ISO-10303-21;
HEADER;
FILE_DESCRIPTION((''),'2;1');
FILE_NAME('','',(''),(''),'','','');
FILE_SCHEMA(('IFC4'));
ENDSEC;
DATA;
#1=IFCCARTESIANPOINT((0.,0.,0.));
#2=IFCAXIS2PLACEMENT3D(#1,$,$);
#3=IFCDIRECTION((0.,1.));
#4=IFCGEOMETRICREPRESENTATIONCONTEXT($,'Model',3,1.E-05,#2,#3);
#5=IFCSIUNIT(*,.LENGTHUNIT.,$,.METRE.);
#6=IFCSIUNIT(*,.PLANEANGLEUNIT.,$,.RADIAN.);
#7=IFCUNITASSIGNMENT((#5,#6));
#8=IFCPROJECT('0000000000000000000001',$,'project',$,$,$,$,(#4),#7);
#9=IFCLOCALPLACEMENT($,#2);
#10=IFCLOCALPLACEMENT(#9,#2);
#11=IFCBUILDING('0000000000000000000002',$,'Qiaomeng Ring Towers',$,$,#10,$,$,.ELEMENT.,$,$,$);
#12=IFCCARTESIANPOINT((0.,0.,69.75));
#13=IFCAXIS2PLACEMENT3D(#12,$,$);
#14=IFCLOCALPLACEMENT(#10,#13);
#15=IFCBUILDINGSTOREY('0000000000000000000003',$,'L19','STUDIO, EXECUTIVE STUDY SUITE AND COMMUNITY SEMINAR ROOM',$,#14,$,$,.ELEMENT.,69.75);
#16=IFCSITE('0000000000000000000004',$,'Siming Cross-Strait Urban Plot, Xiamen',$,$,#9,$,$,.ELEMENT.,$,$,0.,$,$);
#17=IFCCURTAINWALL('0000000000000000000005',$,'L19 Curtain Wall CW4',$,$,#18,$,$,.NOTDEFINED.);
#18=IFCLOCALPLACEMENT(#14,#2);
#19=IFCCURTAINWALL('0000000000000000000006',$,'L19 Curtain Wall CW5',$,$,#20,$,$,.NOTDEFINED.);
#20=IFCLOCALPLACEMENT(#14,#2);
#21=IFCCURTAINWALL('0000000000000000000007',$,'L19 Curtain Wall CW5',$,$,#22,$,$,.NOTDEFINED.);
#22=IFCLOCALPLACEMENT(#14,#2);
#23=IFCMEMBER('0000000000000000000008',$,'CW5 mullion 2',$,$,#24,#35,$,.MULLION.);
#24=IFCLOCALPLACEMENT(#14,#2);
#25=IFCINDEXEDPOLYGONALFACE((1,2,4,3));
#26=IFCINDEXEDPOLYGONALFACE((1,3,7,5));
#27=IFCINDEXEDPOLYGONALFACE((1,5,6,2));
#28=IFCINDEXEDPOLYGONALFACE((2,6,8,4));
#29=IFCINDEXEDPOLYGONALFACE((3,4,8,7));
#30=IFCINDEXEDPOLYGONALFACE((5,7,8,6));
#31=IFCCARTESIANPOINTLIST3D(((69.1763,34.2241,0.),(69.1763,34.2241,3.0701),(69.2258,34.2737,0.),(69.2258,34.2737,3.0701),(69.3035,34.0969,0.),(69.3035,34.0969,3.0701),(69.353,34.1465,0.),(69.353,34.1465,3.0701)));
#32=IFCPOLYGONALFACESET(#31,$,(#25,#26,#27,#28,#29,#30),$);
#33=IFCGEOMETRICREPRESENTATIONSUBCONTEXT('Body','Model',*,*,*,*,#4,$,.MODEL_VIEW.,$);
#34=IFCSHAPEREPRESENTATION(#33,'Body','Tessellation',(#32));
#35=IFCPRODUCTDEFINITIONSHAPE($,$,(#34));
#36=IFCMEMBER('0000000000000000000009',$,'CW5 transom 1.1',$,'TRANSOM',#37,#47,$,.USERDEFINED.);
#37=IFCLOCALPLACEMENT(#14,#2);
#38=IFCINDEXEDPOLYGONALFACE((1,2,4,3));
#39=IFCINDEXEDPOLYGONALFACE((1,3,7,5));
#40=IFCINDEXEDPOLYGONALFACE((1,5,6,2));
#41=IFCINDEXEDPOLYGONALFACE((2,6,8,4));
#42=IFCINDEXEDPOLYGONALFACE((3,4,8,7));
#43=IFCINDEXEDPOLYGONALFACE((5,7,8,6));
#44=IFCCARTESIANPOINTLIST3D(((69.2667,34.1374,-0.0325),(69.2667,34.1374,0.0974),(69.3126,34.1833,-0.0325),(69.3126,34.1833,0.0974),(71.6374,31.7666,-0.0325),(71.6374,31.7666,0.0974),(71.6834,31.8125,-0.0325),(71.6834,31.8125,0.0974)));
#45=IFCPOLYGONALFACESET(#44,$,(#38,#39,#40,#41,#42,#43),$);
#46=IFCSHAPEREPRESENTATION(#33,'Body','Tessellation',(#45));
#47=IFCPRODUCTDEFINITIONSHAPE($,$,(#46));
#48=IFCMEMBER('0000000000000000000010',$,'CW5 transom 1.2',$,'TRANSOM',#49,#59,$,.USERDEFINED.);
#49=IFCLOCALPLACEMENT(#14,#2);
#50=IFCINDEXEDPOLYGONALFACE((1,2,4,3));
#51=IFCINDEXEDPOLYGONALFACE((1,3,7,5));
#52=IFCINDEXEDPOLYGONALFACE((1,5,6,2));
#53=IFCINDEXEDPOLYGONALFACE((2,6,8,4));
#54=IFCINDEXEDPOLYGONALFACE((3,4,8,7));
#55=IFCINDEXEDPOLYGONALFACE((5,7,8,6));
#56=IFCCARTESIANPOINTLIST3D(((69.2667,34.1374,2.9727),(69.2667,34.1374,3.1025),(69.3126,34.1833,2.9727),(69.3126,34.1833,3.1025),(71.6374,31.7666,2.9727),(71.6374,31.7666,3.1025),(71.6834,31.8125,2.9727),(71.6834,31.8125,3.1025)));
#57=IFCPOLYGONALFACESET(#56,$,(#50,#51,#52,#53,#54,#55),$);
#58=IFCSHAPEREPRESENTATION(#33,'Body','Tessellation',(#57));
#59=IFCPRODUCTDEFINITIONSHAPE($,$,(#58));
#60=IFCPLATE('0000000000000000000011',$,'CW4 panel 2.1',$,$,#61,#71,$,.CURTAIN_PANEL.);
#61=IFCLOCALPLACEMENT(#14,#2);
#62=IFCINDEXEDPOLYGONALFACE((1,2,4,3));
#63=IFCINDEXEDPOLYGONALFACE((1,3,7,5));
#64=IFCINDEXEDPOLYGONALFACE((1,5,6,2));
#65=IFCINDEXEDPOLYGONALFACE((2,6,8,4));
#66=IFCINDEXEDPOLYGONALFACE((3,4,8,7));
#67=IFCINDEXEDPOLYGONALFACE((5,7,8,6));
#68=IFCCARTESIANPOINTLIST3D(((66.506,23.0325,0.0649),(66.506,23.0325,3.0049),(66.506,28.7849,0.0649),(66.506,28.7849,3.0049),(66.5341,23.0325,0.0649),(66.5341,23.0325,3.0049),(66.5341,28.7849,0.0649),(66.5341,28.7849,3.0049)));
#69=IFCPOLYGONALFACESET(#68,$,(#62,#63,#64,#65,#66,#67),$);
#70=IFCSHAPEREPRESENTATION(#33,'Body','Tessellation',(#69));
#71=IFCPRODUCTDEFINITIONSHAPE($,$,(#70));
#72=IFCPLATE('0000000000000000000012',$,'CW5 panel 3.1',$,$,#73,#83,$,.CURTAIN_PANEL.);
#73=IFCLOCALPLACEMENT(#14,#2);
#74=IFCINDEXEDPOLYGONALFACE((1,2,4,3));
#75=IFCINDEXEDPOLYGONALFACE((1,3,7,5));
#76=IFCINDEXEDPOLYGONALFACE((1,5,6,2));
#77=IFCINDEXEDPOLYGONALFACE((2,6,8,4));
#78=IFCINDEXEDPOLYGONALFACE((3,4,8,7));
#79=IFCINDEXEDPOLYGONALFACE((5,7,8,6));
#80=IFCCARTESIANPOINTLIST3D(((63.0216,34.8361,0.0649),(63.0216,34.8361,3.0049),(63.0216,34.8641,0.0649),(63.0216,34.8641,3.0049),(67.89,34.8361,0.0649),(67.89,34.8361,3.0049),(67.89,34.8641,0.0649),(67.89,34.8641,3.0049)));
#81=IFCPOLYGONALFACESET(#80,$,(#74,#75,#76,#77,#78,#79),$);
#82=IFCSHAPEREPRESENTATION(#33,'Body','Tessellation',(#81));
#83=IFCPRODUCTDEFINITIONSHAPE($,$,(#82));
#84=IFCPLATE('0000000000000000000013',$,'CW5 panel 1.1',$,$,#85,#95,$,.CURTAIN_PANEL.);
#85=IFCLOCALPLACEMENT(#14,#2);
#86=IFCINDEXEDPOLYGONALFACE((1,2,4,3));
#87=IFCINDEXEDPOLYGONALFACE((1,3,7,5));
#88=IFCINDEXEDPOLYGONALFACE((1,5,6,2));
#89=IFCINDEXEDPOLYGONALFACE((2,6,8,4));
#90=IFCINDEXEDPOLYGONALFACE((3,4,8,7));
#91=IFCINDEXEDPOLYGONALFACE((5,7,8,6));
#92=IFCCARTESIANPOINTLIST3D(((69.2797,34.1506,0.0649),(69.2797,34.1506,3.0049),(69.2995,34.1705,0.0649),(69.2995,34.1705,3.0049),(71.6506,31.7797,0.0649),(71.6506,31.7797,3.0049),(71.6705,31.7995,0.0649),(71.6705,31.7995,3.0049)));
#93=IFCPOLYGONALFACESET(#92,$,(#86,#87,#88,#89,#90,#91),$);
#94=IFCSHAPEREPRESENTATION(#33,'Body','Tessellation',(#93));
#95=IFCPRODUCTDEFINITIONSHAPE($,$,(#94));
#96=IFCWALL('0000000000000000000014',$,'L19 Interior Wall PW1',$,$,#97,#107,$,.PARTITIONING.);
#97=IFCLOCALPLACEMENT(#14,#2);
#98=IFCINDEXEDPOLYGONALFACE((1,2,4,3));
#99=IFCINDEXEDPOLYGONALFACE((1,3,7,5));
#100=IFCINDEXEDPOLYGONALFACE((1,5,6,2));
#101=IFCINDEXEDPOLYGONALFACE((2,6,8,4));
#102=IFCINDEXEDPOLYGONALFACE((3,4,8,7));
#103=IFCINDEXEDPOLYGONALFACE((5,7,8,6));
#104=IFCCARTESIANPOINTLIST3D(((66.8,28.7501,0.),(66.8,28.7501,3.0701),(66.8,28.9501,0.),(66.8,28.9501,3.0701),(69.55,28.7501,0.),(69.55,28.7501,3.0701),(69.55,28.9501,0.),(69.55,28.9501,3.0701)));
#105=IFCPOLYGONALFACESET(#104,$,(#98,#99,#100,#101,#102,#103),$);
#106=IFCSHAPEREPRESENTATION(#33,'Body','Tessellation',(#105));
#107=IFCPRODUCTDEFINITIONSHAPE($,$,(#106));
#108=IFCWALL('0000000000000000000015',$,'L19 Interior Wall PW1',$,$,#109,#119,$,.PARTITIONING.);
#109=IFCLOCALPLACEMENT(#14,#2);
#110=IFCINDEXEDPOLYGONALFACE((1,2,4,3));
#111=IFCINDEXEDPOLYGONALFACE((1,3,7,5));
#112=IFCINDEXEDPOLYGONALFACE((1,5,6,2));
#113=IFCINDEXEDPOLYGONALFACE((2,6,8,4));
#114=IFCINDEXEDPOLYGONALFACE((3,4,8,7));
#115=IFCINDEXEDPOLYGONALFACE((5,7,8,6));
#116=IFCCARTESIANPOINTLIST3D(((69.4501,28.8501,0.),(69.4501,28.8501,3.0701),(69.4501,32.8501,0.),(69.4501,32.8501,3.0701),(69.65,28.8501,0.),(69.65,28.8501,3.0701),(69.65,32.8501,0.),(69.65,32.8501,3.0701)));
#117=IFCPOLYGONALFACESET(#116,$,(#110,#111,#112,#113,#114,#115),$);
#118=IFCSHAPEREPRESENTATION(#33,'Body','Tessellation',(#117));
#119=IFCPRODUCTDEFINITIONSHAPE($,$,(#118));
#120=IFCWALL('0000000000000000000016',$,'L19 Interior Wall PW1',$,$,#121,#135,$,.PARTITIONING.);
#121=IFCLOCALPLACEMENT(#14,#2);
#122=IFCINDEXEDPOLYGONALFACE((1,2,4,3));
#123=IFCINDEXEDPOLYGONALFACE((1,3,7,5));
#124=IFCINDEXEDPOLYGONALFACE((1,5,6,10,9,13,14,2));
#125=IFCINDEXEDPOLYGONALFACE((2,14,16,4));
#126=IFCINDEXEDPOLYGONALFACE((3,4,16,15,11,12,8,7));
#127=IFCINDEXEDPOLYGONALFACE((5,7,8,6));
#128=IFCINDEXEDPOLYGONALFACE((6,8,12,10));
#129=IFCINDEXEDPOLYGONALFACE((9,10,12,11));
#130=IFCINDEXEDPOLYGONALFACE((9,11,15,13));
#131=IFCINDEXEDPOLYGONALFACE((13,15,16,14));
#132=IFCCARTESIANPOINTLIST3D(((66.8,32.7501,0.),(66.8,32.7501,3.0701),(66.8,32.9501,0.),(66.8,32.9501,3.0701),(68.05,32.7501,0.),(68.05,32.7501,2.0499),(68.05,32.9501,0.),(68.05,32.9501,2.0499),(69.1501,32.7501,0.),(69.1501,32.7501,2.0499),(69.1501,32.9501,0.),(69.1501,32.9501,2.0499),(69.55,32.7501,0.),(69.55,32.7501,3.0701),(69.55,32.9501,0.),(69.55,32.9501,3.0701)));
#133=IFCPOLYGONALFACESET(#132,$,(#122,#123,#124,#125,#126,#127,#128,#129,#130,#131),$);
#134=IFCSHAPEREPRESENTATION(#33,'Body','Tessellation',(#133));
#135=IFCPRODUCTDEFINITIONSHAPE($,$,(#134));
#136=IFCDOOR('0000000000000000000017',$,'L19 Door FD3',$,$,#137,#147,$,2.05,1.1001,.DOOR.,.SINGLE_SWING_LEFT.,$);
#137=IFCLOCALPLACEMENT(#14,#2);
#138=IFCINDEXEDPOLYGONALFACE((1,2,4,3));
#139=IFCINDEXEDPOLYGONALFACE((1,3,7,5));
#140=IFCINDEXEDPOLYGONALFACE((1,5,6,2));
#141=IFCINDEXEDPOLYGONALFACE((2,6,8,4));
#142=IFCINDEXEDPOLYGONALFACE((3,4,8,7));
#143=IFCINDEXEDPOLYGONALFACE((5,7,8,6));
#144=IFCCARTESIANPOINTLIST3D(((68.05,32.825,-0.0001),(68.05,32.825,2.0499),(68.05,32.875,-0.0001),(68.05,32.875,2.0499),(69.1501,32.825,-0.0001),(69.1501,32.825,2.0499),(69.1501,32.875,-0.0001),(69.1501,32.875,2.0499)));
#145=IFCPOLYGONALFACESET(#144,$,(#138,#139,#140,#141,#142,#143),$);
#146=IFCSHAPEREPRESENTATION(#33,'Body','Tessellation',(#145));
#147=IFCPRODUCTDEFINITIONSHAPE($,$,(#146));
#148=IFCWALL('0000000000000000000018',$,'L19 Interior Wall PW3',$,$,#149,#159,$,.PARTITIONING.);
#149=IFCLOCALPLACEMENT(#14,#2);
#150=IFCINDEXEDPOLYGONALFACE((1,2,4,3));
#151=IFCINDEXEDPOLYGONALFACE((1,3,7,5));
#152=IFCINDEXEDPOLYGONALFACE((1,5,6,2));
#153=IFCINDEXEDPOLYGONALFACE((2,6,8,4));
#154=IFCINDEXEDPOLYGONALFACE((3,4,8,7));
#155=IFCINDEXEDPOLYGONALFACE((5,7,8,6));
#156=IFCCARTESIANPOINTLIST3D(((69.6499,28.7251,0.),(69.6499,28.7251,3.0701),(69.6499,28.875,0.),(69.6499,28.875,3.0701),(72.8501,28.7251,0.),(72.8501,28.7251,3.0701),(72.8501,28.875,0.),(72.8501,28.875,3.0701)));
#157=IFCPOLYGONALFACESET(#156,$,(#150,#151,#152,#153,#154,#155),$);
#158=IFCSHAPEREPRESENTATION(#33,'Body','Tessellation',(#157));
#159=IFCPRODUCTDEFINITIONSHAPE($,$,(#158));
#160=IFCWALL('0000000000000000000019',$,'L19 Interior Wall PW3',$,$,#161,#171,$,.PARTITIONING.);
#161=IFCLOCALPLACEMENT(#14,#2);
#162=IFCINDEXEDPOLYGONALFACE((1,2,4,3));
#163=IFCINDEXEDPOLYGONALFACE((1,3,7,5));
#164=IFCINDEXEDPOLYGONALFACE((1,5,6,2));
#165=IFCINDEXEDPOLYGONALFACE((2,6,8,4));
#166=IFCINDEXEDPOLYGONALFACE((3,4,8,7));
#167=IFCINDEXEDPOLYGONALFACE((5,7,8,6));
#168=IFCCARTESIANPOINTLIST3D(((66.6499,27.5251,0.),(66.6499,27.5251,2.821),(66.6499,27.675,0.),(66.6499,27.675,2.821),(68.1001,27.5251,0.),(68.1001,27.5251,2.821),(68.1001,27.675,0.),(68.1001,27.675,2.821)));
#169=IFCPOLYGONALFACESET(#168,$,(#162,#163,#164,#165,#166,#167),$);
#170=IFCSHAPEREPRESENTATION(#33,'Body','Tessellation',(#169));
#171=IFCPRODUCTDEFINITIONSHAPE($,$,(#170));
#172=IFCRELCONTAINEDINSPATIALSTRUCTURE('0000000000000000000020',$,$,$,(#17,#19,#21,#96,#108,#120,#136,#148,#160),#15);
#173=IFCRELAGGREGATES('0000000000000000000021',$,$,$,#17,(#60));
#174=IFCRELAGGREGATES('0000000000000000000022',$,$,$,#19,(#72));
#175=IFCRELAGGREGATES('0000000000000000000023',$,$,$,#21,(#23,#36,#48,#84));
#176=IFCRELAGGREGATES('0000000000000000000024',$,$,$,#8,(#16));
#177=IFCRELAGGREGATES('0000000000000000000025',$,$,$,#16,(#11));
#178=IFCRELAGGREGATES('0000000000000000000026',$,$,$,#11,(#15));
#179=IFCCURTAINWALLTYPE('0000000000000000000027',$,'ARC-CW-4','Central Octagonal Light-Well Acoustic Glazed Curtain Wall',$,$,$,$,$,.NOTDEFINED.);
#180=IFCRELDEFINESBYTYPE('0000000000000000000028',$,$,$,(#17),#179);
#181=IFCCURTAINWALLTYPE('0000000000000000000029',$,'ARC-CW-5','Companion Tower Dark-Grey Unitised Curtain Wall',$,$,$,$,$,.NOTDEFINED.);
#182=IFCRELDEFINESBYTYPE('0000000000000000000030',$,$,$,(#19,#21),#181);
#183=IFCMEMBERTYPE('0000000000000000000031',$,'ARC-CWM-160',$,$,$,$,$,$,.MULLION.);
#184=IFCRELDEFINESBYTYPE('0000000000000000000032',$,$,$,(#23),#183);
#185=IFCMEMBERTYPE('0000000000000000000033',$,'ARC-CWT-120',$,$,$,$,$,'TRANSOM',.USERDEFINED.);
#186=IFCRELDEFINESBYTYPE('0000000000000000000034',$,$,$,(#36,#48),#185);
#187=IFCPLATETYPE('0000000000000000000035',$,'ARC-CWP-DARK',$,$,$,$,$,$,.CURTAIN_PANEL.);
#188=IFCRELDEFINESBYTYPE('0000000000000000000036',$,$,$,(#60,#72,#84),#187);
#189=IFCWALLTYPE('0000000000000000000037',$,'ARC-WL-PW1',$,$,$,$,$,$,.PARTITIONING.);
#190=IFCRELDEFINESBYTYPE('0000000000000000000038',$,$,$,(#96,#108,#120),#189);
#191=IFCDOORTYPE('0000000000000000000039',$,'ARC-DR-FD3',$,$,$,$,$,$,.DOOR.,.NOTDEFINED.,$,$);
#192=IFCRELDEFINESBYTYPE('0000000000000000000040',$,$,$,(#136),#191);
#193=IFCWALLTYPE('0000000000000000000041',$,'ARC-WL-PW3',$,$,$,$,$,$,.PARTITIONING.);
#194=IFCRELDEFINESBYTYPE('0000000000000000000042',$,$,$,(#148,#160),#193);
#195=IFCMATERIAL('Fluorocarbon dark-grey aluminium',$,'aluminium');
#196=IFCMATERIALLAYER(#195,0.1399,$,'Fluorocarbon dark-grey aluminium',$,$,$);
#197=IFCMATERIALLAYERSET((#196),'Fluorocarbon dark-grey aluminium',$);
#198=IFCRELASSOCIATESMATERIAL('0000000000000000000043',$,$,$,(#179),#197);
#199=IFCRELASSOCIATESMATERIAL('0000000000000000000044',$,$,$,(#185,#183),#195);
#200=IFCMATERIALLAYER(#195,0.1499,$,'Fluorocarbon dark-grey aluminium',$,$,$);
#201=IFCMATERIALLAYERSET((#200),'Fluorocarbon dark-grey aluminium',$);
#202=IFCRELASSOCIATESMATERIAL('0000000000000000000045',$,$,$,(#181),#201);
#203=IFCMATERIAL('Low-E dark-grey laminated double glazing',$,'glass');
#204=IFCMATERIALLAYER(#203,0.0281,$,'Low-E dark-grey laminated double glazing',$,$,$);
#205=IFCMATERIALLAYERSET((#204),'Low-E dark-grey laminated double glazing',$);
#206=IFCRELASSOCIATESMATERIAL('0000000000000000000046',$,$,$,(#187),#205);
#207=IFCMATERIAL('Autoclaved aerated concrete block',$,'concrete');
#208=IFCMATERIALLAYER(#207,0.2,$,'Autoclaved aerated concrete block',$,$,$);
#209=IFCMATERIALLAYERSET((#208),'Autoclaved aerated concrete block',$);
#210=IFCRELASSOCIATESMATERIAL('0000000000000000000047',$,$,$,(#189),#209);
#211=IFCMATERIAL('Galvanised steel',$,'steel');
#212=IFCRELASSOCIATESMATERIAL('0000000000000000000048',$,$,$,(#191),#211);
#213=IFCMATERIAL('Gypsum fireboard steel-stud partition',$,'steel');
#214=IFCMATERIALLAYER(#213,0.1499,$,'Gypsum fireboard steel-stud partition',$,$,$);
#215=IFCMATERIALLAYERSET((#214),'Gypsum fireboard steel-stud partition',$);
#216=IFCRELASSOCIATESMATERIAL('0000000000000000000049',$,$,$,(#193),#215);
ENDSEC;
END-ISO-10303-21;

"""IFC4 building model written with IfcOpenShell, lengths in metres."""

from ifc_helpers import new_model, si_unit, direction, frame, frame_2d, origin, origin_2d, place, context, subcontext, project, spatial, rectangle, extrude, source, transform, mapped, material, layer, layer_set, material_profile, profile_set, type_object, element, fill, aggregate, save


model = new_model("IFC4")

# Units and contexts
model_context = context("Model", 3, precision=1e-05, world=origin(), true_north=direction((0.0, 1.0)))
body_context = subcontext(model_context, "Body", "Model", "MODEL_VIEW")
ifc_project = project(units=[si_unit("LENGTHUNIT", "METRE"), si_unit("PLANEANGLEUNIT", "RADIAN")], contexts=[model_context])

# Site, building, storey
site_placement = place(None, origin())
site = spatial("IfcSite", under=ifc_project, at=site_placement, Name="Siming Cross-Strait Urban Plot, Xiamen", CompositionType="ELEMENT", RefElevation=0.0)
building_placement = place(site_placement, origin())
building = spatial("IfcBuilding", under=site, at=building_placement, Name="Qiaomeng Ring Towers", CompositionType="ELEMENT")
storey_placement = place(building_placement, frame((0.0, 0.0, 69.75)))
storey = spatial("IfcBuildingStorey", under=building, at=storey_placement, Name="L19", Description="STUDIO, EXECUTIVE STUDY SUITE AND COMMUNITY SEMINAR ROOM", CompositionType="ELEMENT", Elevation=69.75)

# Curtain wall
ifc_material_1 = material(Name="Fluorocarbon dark-grey aluminium", Category="aluminium")
ifc_layer_1 = layer(ifc_material_1, 0.1399, Name="Fluorocarbon dark-grey aluminium")
ifc_layer_set_1 = layer_set([ifc_layer_1], Name="Fluorocarbon dark-grey aluminium")
curtain_wall_type_1 = type_object("IfcCurtainWallType", Name="ARC-CW-4", Description="Central Octagonal Light-Well Acoustic Glazed Curtain Wall", PredefinedType="NOTDEFINED", material=ifc_layer_set_1)
curtain_wall_1_placement = place(storey_placement, origin())
curtain_wall_1 = element("IfcCurtainWall", 1, at=curtain_wall_1_placement, inside=storey, type_object=curtain_wall_type_1, Name="L19 Curtain Wall CW4", PredefinedType="NOTDEFINED")
ifc_material_profile_1 = material_profile(ifc_material_1, rectangle(XDim=0.0649, YDim=0.1299, at=origin_2d()), Name="ALU TRAN 65x130")
ifc_profile_set_1 = profile_set([ifc_material_profile_1], Name="Fluorocarbon dark-grey aluminium")
member_type_1 = type_object("IfcMemberType", Name="ARC-CWT-120", ElementType="TRANSOM", PredefinedType="USERDEFINED", material=ifc_profile_set_1)

# Curtain wall
ifc_layer_2 = layer(ifc_material_1, 0.1499, Name="Fluorocarbon dark-grey aluminium")
ifc_layer_set_2 = layer_set([ifc_layer_2], Name="Fluorocarbon dark-grey aluminium")
curtain_wall_type_2 = type_object("IfcCurtainWallType", Name="ARC-CW-5", Description="Companion Tower Dark-Grey Unitised Curtain Wall", PredefinedType="NOTDEFINED", material=ifc_layer_set_2)
curtain_wall_2_placement = place(storey_placement, origin())
curtain_wall_2 = element("IfcCurtainWall", 2, at=curtain_wall_2_placement, inside=storey, type_object=curtain_wall_type_2, Name="L19 Curtain Wall CW5", PredefinedType="NOTDEFINED")
ifc_material_profile_2 = material_profile(ifc_material_1, rectangle(XDim=0.0701, YDim=0.1799, at=origin_2d()), Name="ALU MULL 70x180")
ifc_profile_set_2 = profile_set([ifc_material_profile_2], Name="Fluorocarbon dark-grey aluminium")
member_type_2 = type_object("IfcMemberType", Name="ARC-CWM-160", PredefinedType="MULLION", material=ifc_profile_set_2)
shared_shape_1 = source(origin(), body_context, "Body", "SweptSolid", [
    extrude(rectangle(XDim=0.0701, YDim=0.1799, at=origin_2d()), origin(), (0.0, 0.0, 1.0), 3.0701),
])

# Curtain wall, members
curtain_wall_3_placement = place(storey_placement, origin())
curtain_wall_3 = element("IfcCurtainWall", 3, at=curtain_wall_3_placement, inside=storey, type_object=curtain_wall_type_2, Name="L19 Curtain Wall CW5", PredefinedType="NOTDEFINED")
member_1_placement = place(storey_placement, frame((69.2646, 34.1853, 0.0), z_axis=(0.0, 0.0, 1.0), x_axis=(-0.707107, -0.707107, 0.0)))
member_1 = element("IfcMember", 4, at=member_1_placement, type_object=member_type_2, Name="CW5 mullion 2", PredefinedType="MULLION", context=body_context, shape_type="MappedRepresentation", body=[
    mapped(shared_shape_1, transform((0.0, 0.0, 0.0), x_axis=(1.0, 0.0, 0.0), y_axis=(0.0, 1.0, 0.0), z_axis=(0.0, 0.0, 1.0), scale=1.0)),
])
shared_shape_2 = source(origin(), body_context, "Body", "SweptSolid", [
    extrude(rectangle(XDim=0.0649, YDim=0.1299, at=origin_2d()), origin(), (0.0, 0.0, 1.0), 3.3528),
])
member_2_placement = place(storey_placement, frame((71.6604, 31.7896, 0.0325), z_axis=(-0.707107, 0.707107, 0.0), x_axis=(-0.707107, -0.707107, 0.0)))
member_2 = element("IfcMember", 5, at=member_2_placement, type_object=member_type_1, Name="CW5 transom 1.1", ObjectType="TRANSOM", PredefinedType="USERDEFINED", context=body_context, shape_type="MappedRepresentation", body=[
    mapped(shared_shape_2, transform((0.0, 0.0, 0.0), x_axis=(1.0, 0.0, 0.0), y_axis=(0.0, 1.0, 0.0), z_axis=(0.0, 0.0, 1.0), scale=1.0)),
])
member_3_placement = place(storey_placement, frame((71.6604, 31.7896, 3.0376), z_axis=(-0.707107, 0.707107, 0.0), x_axis=(-0.707107, -0.707107, 0.0)))
member_3 = element("IfcMember", 6, at=member_3_placement, type_object=member_type_1, Name="CW5 transom 1.2", ObjectType="TRANSOM", PredefinedType="USERDEFINED", context=body_context, shape_type="MappedRepresentation", body=[
    mapped(shared_shape_2, transform((0.0, 0.0, 0.0), x_axis=(1.0, 0.0, 0.0), y_axis=(0.0, 1.0, 0.0), z_axis=(0.0, 0.0, 1.0), scale=1.0)),
])

# Plates
ifc_material_2 = material(Name="Low-E dark-grey laminated double glazing", Category="glass")
ifc_layer_3 = layer(ifc_material_2, 0.0281, Name="Low-E dark-grey laminated double glazing")
ifc_layer_set_3 = layer_set([ifc_layer_3], Name="Low-E dark-grey laminated double glazing")
plate_type = type_object("IfcPlateType", Name="ARC-CWP-DARK", PredefinedType="CURTAIN_PANEL", material=ifc_layer_set_3)
shared_shape_3 = source(origin(), body_context, "Body", "SweptSolid", [
    extrude(rectangle(XDim=5.7524, YDim=0.0281, at=origin_2d()), origin(), (0.0, 0.0, 1.0), 2.9399),
])
plate_1_placement = place(storey_placement, frame((66.52, 25.9087, 0.0649), z_axis=(0.0, 0.0, 1.0), x_axis=(0.0, 1.0, 0.0)))
plate_1 = element("IfcPlate", 7, at=plate_1_placement, type_object=plate_type, Name="CW4 panel 2.1", PredefinedType="CURTAIN_PANEL", context=body_context, shape_type="MappedRepresentation", body=[
    mapped(shared_shape_3, transform((0.0, 0.0, 0.0), x_axis=(1.0, 0.0, 0.0), y_axis=(0.0, 1.0, 0.0), z_axis=(0.0, 0.0, 1.0), scale=1.0)),
])
aggregate(curtain_wall_1, [plate_1])
shared_shape_4 = source(origin(), body_context, "Body", "SweptSolid", [
    extrude(rectangle(XDim=4.8684, YDim=0.0281, at=origin_2d()), origin(), (0.0, 0.0, 1.0), 2.9399),
])
plate_2_placement = place(storey_placement, frame((65.4558, 34.8501, 0.0649), z_axis=(0.0, 0.0, 1.0), x_axis=(1.0, 0.0, 0.0)))
plate_2 = element("IfcPlate", 8, at=plate_2_placement, type_object=plate_type, Name="CW5 panel 3.1", PredefinedType="CURTAIN_PANEL", context=body_context, shape_type="MappedRepresentation", body=[
    mapped(shared_shape_4, transform((0.0, 0.0, 0.0), x_axis=(1.0, 0.0, 0.0), y_axis=(0.0, 1.0, 0.0), z_axis=(0.0, 0.0, 1.0), scale=1.0)),
])
aggregate(curtain_wall_2, [plate_2])
shared_shape_5 = source(origin(), body_context, "Body", "SweptSolid", [
    extrude(rectangle(XDim=3.353, YDim=0.0281, at=origin_2d()), origin(), (0.0, 0.0, 1.0), 2.9399),
])
plate_3_placement = place(storey_placement, frame((70.4751, 32.9751, 0.0649), z_axis=(0.0, 0.0, 1.0), x_axis=(-0.707107, 0.707107, 0.0)))
plate_3 = element("IfcPlate", 9, at=plate_3_placement, type_object=plate_type, Name="CW5 panel 1.1", PredefinedType="CURTAIN_PANEL", context=body_context, shape_type="MappedRepresentation", body=[
    mapped(shared_shape_5, transform((0.0, 0.0, 0.0), x_axis=(1.0, 0.0, 0.0), y_axis=(0.0, 1.0, 0.0), z_axis=(0.0, 0.0, 1.0), scale=1.0)),
])
aggregate(curtain_wall_3, [member_1, member_2, member_3, plate_3])

# Walls
ifc_material_3 = material(Name="Autoclaved aerated concrete block", Category="concrete")
ifc_layer_4 = layer(ifc_material_3, 0.2, Name="Autoclaved aerated concrete block")
ifc_layer_set_4 = layer_set([ifc_layer_4], Name="Autoclaved aerated concrete block")
wall_type_1 = type_object("IfcWallType", Name="ARC-WL-PW1", PredefinedType="PARTITIONING", material=ifc_layer_set_4)
wall_1_placement = place(storey_placement, frame((66.8, 28.8501, 0.0), z_axis=(0.0, 0.0, 1.0), x_axis=(1.0, 0.0, 0.0)))
element("IfcWall", 10, at=wall_1_placement, inside=storey, type_object=wall_type_1, Name="L19 Interior Wall PW1", PredefinedType="PARTITIONING", context=body_context, shape_type="SweptSolid", body=[
    extrude(rectangle(XDim=2.75, YDim=0.2, at=frame_2d((1.375, 0.0))), origin(), (0.0, 0.0, 1.0), 3.0701),
])
wall_2_placement = place(storey_placement, frame((69.55, 28.8501, 0.0), z_axis=(0.0, 0.0, 1.0), x_axis=(0.0, 1.0, 0.0)))
element("IfcWall", 11, at=wall_2_placement, inside=storey, type_object=wall_type_1, Name="L19 Interior Wall PW1", PredefinedType="PARTITIONING", context=body_context, shape_type="SweptSolid", body=[
    extrude(rectangle(XDim=4.0, YDim=0.2, at=frame_2d((2.0, 0.0))), origin(), (0.0, 0.0, 1.0), 3.0701),
])

# Wall, opening, door
wall_3_placement = place(storey_placement, frame((66.8, 32.8501, 0.0), z_axis=(0.0, 0.0, 1.0), x_axis=(1.0, 0.0, 0.0)))
wall_3 = element("IfcWall", 12, at=wall_3_placement, inside=storey, type_object=wall_type_1, Name="L19 Interior Wall PW1", PredefinedType="PARTITIONING", context=body_context, shape_type="SweptSolid", body=[
    extrude(rectangle(XDim=2.75, YDim=0.2, at=frame_2d((1.375, 0.0))), origin(), (0.0, 0.0, 1.0), 3.0701),
])
opening_1_placement = place(wall_3_placement, frame((1.25, 0.0, 0.0)))
opening_1 = element("IfcOpeningElement", 13, at=opening_1_placement, cuts=wall_3, PredefinedType="OPENING", context=body_context, shape_type="SweptSolid", body=[
    extrude(rectangle(XDim=1.1001, YDim=2.05, at=frame_2d((0.55, 1.0249))), frame((0.0, 0.1099, 0.0), z_axis=(0.0, -1.0, 0.0), x_axis=(1.0, 0.0, 0.0)), (0.0, 0.0, 1.0), 0.22),
])
ifc_material_4 = material(Name="Galvanised steel", Category="steel")
door_type_1 = type_object("IfcDoorType", Name="ARC-DR-FD3", OperationType="NOTDEFINED", PredefinedType="DOOR", material=ifc_material_4)
shared_shape_6 = source(origin(), body_context, "Body", "SweptSolid", [
    extrude(rectangle(XDim=1.1001, YDim=2.05, at=frame_2d((0.55, 1.0249))), frame((0.0, 0.0249, 0.0), z_axis=(0.0, -1.0, 0.0), x_axis=(1.0, 0.0, 0.0)), (0.0, 0.0, 1.0), 0.05),
])
door_1_placement = place(opening_1_placement, origin())
door_1 = element("IfcDoor", 14, at=door_1_placement, inside=storey, type_object=door_type_1, Name="L19 Door FD3", OperationType="SINGLE_SWING_LEFT", OverallHeight=2.05, OverallWidth=1.1001, PredefinedType="DOOR", context=body_context, shape_type="MappedRepresentation", body=[
    mapped(shared_shape_6, transform((0.0, 0.0, 0.0), x_axis=(1.0, 0.0, 0.0), y_axis=(0.0, 1.0, 0.0), z_axis=(0.0, 0.0, 1.0), scale=1.0)),
])
fill(opening_1, door_1)

# Walls
ifc_material_5 = material(Name="Gypsum fireboard steel-stud partition", Category="steel")
ifc_layer_5 = layer(ifc_material_5, 0.1499, Name="Gypsum fireboard steel-stud partition")
ifc_layer_set_5 = layer_set([ifc_layer_5], Name="Gypsum fireboard steel-stud partition")
wall_type_2 = type_object("IfcWallType", Name="ARC-WL-PW3", PredefinedType="PARTITIONING", material=ifc_layer_set_5)
wall_4_placement = place(storey_placement, frame((69.6499, 28.8, 0.0), z_axis=(0.0, 0.0, 1.0), x_axis=(1.0, 0.0, 0.0)))
element("IfcWall", 15, at=wall_4_placement, inside=storey, type_object=wall_type_2, Name="L19 Interior Wall PW3", PredefinedType="PARTITIONING", context=body_context, shape_type="SweptSolid", body=[
    extrude(rectangle(XDim=3.2002, YDim=0.1499, at=frame_2d((1.6001, 0.0))), origin(), (0.0, 0.0, 1.0), 3.0701),
])
wall_5_placement = place(storey_placement, frame((66.6499, 27.6001, 0.0), z_axis=(0.0, 0.0, 1.0), x_axis=(1.0, 0.0, 0.0)))
element("IfcWall", 16, at=wall_5_placement, inside=storey, type_object=wall_type_2, Name="L19 Interior Wall PW3", PredefinedType="PARTITIONING", context=body_context, shape_type="SweptSolid", body=[
    extrude(rectangle(XDim=1.4502, YDim=0.1499, at=frame_2d((0.7251, 0.0))), origin(), (0.0, 0.0, 1.0), 2.821),
])

save(model, "model.ifc")
